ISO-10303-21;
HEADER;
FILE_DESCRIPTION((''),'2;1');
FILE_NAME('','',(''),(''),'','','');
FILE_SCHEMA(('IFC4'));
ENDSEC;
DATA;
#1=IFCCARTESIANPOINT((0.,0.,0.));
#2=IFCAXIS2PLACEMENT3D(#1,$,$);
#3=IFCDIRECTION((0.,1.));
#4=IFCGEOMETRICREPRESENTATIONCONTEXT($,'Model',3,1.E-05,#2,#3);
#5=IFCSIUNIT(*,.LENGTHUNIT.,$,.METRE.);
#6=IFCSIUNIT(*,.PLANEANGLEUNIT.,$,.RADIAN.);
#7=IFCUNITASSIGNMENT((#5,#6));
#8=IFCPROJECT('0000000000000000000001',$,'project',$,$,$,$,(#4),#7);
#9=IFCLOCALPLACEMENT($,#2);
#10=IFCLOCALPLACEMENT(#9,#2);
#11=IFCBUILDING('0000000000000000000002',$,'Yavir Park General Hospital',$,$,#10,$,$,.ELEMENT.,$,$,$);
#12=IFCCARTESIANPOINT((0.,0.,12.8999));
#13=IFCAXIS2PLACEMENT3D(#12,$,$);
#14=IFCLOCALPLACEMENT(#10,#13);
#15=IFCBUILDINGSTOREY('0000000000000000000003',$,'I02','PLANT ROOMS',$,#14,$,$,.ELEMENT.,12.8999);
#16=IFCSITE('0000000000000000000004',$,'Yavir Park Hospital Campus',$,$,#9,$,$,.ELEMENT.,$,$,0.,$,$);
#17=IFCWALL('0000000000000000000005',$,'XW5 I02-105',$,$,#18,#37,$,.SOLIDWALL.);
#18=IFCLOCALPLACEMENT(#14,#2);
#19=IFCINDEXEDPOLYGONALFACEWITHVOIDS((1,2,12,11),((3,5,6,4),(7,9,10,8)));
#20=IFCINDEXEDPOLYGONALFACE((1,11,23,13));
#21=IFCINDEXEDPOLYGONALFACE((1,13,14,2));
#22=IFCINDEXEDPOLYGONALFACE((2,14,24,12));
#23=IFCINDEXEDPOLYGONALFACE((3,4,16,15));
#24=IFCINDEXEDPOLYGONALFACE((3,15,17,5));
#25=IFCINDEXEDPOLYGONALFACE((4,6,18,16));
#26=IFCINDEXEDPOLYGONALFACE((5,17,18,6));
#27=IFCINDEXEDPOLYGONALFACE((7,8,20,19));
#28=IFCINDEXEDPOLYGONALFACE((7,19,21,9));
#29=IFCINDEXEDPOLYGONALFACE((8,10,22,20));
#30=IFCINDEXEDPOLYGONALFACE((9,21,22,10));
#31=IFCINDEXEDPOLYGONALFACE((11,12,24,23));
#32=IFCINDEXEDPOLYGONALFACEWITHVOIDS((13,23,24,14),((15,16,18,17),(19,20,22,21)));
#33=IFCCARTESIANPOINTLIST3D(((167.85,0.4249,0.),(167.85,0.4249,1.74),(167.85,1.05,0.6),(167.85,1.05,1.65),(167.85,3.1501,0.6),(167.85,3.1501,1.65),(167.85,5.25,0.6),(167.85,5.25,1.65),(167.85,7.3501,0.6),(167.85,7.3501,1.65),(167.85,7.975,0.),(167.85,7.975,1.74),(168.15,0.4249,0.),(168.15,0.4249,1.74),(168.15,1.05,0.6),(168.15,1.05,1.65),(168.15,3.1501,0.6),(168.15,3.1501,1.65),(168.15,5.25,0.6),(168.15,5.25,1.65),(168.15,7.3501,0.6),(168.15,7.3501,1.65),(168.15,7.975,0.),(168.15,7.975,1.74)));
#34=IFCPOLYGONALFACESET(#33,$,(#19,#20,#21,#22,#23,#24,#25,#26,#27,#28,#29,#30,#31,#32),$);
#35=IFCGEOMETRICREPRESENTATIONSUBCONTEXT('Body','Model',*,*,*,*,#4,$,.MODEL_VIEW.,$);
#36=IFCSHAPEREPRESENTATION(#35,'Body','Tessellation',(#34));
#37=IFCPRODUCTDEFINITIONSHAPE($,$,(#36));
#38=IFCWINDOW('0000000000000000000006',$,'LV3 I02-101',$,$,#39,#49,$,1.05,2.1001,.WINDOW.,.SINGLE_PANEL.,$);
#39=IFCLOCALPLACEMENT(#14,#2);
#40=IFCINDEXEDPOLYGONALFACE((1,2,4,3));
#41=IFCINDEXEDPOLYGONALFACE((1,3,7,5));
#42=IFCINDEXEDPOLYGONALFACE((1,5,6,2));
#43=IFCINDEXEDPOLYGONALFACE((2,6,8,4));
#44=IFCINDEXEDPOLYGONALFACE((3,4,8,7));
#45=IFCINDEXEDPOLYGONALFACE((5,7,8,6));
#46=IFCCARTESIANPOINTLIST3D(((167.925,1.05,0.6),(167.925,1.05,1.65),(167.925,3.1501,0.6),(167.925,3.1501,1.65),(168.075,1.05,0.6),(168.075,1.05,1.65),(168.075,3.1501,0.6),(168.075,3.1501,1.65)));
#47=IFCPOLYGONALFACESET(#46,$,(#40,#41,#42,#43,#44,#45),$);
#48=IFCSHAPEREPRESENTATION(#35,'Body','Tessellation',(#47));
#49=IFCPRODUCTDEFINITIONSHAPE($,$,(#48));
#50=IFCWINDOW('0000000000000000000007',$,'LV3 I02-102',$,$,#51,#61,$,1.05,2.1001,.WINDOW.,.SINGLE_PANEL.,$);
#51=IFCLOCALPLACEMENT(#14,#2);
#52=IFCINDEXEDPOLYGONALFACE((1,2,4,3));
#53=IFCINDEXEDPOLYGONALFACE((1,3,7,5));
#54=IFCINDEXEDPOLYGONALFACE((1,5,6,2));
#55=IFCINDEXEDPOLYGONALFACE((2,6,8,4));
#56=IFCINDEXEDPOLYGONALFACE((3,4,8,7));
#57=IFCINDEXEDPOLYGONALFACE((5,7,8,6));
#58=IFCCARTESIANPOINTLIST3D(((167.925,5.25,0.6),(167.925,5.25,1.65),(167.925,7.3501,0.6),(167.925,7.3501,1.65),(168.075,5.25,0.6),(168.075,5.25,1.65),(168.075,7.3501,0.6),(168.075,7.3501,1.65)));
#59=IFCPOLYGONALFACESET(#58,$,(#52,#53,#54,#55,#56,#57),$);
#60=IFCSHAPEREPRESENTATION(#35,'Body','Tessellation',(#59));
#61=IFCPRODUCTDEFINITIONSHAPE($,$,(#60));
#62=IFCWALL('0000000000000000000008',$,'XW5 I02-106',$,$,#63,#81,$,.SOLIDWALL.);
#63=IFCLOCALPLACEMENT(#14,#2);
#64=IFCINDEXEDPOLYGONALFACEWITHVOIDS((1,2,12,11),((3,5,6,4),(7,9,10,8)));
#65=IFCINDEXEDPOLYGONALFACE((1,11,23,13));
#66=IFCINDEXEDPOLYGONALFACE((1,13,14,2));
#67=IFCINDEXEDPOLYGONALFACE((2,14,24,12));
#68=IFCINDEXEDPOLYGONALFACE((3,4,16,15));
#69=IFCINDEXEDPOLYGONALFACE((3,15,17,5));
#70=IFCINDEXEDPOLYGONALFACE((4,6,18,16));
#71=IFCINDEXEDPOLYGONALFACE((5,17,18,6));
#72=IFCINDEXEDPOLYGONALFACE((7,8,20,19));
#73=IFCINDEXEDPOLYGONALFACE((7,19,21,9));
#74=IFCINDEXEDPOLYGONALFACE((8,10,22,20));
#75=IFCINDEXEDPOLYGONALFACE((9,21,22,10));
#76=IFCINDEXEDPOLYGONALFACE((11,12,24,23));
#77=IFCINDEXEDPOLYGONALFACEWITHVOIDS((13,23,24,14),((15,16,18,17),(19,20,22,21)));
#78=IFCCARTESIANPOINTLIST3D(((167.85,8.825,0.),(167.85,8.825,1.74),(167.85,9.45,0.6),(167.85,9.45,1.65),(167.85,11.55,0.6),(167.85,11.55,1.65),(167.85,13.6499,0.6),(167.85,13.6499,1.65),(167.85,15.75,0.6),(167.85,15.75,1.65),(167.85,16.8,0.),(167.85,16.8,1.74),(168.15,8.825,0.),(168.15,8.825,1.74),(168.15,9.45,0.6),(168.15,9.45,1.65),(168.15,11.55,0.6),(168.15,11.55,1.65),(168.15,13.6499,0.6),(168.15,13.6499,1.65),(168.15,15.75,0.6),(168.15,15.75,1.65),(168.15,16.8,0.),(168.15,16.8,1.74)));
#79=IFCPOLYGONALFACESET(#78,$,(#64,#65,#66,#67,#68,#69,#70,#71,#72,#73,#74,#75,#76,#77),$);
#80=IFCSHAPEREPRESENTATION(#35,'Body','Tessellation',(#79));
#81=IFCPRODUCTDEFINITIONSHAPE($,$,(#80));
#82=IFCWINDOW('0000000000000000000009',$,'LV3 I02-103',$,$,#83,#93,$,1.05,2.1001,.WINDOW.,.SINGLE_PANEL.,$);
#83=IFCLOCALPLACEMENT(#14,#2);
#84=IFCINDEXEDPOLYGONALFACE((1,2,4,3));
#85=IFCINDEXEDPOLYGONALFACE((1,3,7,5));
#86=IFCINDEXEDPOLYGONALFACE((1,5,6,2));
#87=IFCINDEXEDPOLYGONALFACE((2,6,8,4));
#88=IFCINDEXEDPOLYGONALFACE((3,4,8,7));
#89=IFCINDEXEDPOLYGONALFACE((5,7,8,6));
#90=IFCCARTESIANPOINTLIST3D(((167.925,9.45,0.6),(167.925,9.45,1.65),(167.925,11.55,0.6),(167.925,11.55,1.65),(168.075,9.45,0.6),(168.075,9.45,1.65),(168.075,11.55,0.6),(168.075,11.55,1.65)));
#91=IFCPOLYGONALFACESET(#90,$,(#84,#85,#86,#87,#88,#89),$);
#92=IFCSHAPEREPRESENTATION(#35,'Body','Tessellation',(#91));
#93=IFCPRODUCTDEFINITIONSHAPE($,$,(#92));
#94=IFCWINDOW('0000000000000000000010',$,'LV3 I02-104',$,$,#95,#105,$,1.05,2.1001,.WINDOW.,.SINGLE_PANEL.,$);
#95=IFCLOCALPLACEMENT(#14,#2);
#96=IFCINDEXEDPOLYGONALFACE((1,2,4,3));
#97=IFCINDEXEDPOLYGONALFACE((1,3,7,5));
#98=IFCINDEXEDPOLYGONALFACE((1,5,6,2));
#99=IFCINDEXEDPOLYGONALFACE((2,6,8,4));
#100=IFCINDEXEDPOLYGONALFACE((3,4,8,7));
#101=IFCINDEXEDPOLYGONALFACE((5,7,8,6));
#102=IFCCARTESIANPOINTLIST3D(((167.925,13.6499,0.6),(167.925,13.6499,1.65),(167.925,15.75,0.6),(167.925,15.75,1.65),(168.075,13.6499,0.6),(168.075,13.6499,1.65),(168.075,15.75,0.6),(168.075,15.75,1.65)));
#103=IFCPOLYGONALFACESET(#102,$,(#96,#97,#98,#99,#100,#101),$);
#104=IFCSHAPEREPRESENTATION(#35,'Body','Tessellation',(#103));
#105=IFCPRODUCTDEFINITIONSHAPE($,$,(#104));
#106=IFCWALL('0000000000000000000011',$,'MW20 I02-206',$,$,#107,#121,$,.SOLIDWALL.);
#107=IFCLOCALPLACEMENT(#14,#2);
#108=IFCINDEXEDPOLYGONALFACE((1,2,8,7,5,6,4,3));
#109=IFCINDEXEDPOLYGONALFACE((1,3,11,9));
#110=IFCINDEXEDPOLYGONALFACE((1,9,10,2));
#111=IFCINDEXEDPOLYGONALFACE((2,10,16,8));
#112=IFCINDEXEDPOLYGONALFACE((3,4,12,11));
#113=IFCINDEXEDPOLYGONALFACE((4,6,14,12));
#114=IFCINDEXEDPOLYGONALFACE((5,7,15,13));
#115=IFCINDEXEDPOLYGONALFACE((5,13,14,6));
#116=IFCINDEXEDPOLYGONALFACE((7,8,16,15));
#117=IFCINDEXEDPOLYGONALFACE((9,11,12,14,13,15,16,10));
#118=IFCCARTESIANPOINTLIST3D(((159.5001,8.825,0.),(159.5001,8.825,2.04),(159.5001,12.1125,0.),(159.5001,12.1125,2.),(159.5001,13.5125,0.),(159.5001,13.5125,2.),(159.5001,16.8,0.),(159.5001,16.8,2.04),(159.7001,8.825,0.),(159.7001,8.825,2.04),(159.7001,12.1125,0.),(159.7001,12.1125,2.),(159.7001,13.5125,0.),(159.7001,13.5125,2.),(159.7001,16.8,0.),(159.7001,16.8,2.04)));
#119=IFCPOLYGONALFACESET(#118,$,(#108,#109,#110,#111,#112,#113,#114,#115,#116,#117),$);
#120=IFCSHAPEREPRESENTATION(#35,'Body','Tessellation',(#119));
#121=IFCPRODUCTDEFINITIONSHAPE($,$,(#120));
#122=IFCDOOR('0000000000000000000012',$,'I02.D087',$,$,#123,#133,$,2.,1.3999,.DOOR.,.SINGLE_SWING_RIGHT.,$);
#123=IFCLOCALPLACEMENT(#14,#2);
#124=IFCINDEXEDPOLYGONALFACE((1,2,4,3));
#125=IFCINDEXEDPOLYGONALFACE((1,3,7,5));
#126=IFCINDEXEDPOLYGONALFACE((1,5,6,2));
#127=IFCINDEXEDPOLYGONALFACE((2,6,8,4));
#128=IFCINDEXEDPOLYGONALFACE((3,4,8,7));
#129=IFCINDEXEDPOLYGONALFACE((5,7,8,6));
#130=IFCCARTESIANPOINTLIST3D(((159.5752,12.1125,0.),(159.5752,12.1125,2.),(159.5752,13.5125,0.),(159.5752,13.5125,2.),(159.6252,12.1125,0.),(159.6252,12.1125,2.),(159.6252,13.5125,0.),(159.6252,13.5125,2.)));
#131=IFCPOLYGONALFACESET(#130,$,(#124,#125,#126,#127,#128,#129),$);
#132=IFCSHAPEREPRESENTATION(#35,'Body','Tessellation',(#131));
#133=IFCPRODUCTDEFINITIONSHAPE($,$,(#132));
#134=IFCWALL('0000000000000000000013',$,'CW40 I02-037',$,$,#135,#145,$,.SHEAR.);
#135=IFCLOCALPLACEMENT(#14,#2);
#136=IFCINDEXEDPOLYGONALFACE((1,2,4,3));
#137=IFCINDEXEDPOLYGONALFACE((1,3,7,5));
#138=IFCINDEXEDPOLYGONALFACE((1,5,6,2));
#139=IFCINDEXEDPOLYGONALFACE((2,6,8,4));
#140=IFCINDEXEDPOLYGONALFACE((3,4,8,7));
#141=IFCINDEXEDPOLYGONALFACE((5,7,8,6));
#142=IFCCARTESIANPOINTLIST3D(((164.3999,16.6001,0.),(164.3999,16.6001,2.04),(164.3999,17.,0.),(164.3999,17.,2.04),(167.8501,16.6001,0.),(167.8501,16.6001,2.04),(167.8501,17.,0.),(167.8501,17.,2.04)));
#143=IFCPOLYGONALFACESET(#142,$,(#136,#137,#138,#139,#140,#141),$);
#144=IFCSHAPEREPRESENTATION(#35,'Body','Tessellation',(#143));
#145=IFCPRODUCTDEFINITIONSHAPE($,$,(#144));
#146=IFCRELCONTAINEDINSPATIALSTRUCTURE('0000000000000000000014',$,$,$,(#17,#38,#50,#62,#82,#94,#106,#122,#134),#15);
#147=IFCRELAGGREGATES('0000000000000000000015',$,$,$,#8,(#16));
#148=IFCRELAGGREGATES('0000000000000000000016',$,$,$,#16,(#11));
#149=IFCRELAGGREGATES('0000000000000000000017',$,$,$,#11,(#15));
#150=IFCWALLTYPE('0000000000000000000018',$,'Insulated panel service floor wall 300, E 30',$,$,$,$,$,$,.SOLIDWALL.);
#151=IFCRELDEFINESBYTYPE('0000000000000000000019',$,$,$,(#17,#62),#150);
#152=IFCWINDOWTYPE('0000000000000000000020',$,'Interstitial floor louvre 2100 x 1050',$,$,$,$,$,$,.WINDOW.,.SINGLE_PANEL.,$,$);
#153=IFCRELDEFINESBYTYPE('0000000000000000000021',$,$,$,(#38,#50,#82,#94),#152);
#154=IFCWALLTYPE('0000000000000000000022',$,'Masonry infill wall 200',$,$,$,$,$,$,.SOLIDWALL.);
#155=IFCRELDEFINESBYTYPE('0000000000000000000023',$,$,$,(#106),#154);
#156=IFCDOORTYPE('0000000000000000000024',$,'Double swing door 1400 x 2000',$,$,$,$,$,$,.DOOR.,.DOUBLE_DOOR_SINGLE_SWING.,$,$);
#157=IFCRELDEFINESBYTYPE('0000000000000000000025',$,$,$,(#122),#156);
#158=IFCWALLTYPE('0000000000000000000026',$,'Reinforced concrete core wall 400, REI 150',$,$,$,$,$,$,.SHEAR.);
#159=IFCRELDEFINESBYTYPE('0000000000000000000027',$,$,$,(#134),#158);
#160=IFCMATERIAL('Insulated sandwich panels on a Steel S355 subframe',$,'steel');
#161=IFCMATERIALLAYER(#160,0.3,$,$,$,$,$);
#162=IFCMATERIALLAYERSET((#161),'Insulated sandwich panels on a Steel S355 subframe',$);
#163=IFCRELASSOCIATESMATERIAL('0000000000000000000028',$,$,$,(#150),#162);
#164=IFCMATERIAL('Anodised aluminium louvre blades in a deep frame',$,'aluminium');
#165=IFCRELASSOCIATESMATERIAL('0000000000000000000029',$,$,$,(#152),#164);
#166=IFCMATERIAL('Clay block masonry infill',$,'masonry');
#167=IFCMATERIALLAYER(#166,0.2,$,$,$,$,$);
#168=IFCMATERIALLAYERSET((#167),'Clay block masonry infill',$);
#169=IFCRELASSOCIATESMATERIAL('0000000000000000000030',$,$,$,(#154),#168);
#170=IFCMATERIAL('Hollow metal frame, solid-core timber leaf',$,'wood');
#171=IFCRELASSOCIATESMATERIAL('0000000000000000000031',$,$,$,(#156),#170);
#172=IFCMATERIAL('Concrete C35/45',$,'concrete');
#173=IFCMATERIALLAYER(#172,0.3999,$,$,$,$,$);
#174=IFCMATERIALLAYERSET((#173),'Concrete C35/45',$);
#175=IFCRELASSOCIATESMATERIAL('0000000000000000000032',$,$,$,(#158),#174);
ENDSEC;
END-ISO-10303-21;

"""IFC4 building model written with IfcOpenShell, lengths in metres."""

from ifc_helpers import new_model, si_unit, direction, frame, frame_2d, origin, place, context, subcontext, project, spatial, rectangle, extrude, material, layer, layer_set, type_object, element, fill, save


model = new_model("IFC4")

# Units and contexts
model_context = context("Model", 3, precision=1e-05, world=origin(), true_north=direction((0.0, 1.0)))
body_context = subcontext(model_context, "Body", "Model", "MODEL_VIEW")
ifc_project = project(units=[si_unit("LENGTHUNIT", "METRE"), si_unit("PLANEANGLEUNIT", "RADIAN")], contexts=[model_context])

# Site, building, storey
site_placement = place(None, origin())
site = spatial("IfcSite", under=ifc_project, at=site_placement, Name="Yavir Park Hospital Campus", CompositionType="ELEMENT", RefElevation=0.0)
building_placement = place(site_placement, origin())
building = spatial("IfcBuilding", under=site, at=building_placement, Name="Yavir Park General Hospital", CompositionType="ELEMENT")
storey_placement = place(building_placement, frame((0.0, 0.0, 12.8999)))
storey = spatial("IfcBuildingStorey", under=building, at=storey_placement, Name="I02", Description="PLANT ROOMS", CompositionType="ELEMENT", Elevation=12.8999)

# Walls, openings, windows
ifc_material_1 = material(Name="Insulated sandwich panels on a Steel S355 subframe", Category="steel")
ifc_layer_1 = layer(ifc_material_1, 0.3)
ifc_layer_set_1 = layer_set([ifc_layer_1], Name="Insulated sandwich panels on a Steel S355 subframe")
wall_type_1 = type_object("IfcWallType", Name="Insulated panel service floor wall 300, E 30", PredefinedType="SOLIDWALL", material=ifc_layer_set_1)
ifc_material_2 = material(Name="Anodised aluminium louvre blades in a deep frame", Category="aluminium")
window_type = type_object("IfcWindowType", Name="Interstitial floor louvre 2100 x 1050", PartitioningType="SINGLE_PANEL", PredefinedType="WINDOW", material=ifc_material_2)
wall_1_placement = place(storey_placement, frame((168.0, 0.425, 0.0), z_axis=(0.0, 0.0, 1.0), x_axis=(0.0, 1.0, 0.0)))
wall_1 = element("IfcWall", 1, at=wall_1_placement, inside=storey, type_object=wall_type_1, Name="XW5 I02-105", PredefinedType="SOLIDWALL", context=body_context, shape_type="SweptSolid", body=[
    extrude(rectangle(XDim=7.55, YDim=0.3, at=frame_2d((3.7749, 0.0))), origin(), (0.0, 0.0, 1.0), 1.74),
])
opening_1_placement = place(wall_1_placement, frame((0.625, 0.0, 0.6001)))
opening_1 = element("IfcOpeningElement", 2, at=opening_1_placement, cuts=wall_1, PredefinedType="OPENING", context=body_context, shape_type="SweptSolid", body=[
    extrude(rectangle(XDim=2.1001, YDim=1.05, at=frame_2d((1.05, 0.5249))), frame((0.0, 0.1599, 0.0), z_axis=(0.0, -1.0, 0.0), x_axis=(1.0, 0.0, 0.0)), (0.0, 0.0, 1.0), 0.3201),
])
opening_2_placement = place(wall_1_placement, frame((4.825, 0.0, 0.6001)))
opening_2 = element("IfcOpeningElement", 3, at=opening_2_placement, cuts=wall_1, PredefinedType="OPENING", context=body_context, shape_type="SweptSolid", body=[
    extrude(rectangle(XDim=2.1001, YDim=1.05, at=frame_2d((1.05, 0.5249))), frame((0.0, 0.1599, 0.0), z_axis=(0.0, -1.0, 0.0), x_axis=(1.0, 0.0, 0.0)), (0.0, 0.0, 1.0), 0.3201),
])
window_1_placement = place(opening_1_placement, origin())
window_1 = element("IfcWindow", 4, at=window_1_placement, inside=storey, type_object=window_type, Name="LV3 I02-101", OverallHeight=1.05, OverallWidth=2.1001, PartitioningType="SINGLE_PANEL", PredefinedType="WINDOW", context=body_context, shape_type="SweptSolid", body=[
    extrude(rectangle(XDim=2.1001, YDim=1.05, at=frame_2d((1.05, 0.5249))), frame((0.0, 0.075, 0.0), z_axis=(0.0, -1.0, 0.0), x_axis=(1.0, 0.0, 0.0)), (0.0, 0.0, 1.0), 0.1499),
])
fill(opening_1, window_1)
window_2_placement = place(opening_2_placement, origin())
window_2 = element("IfcWindow", 5, at=window_2_placement, inside=storey, type_object=window_type, Name="LV3 I02-102", OverallHeight=1.05, OverallWidth=2.1001, PartitioningType="SINGLE_PANEL", PredefinedType="WINDOW", context=body_context, shape_type="SweptSolid", body=[
    extrude(rectangle(XDim=2.1001, YDim=1.05, at=frame_2d((1.05, 0.5249))), frame((0.0, 0.075, 0.0), z_axis=(0.0, -1.0, 0.0), x_axis=(1.0, 0.0, 0.0)), (0.0, 0.0, 1.0), 0.1499),
])
fill(opening_2, window_2)
wall_2_placement = place(storey_placement, frame((168.0, 8.825, 0.0), z_axis=(0.0, 0.0, 1.0), x_axis=(0.0, 1.0, 0.0)))
wall_2 = element("IfcWall", 6, at=wall_2_placement, inside=storey, type_object=wall_type_1, Name="XW5 I02-106", PredefinedType="SOLIDWALL", context=body_context, shape_type="SweptSolid", body=[
    extrude(rectangle(XDim=7.9751, YDim=0.3, at=frame_2d((3.9875, 0.0))), origin(), (0.0, 0.0, 1.0), 1.74),
])
opening_3_placement = place(wall_2_placement, frame((0.625, 0.0, 0.6001)))
opening_3 = element("IfcOpeningElement", 7, at=opening_3_placement, cuts=wall_2, PredefinedType="OPENING", context=body_context, shape_type="SweptSolid", body=[
    extrude(rectangle(XDim=2.1001, YDim=1.05, at=frame_2d((1.05, 0.5249))), frame((0.0, 0.1599, 0.0), z_axis=(0.0, -1.0, 0.0), x_axis=(1.0, 0.0, 0.0)), (0.0, 0.0, 1.0), 0.3201),
])
opening_4_placement = place(wall_2_placement, frame((4.825, 0.0, 0.6001)))
opening_4 = element("IfcOpeningElement", 8, at=opening_4_placement, cuts=wall_2, PredefinedType="OPENING", context=body_context, shape_type="SweptSolid", body=[
    extrude(rectangle(XDim=2.1001, YDim=1.05, at=frame_2d((1.05, 0.5249))), frame((0.0, 0.1599, 0.0), z_axis=(0.0, -1.0, 0.0), x_axis=(1.0, 0.0, 0.0)), (0.0, 0.0, 1.0), 0.3201),
])
window_3_placement = place(opening_3_placement, origin())
window_3 = element("IfcWindow", 9, at=window_3_placement, inside=storey, type_object=window_type, Name="LV3 I02-103", OverallHeight=1.05, OverallWidth=2.1001, PartitioningType="SINGLE_PANEL", PredefinedType="WINDOW", context=body_context, shape_type="SweptSolid", body=[
    extrude(rectangle(XDim=2.1001, YDim=1.05, at=frame_2d((1.05, 0.5249))), frame((0.0, 0.075, 0.0), z_axis=(0.0, -1.0, 0.0), x_axis=(1.0, 0.0, 0.0)), (0.0, 0.0, 1.0), 0.1499),
])
fill(opening_3, window_3)
window_4_placement = place(opening_4_placement, origin())
window_4 = element("IfcWindow", 10, at=window_4_placement, inside=storey, type_object=window_type, Name="LV3 I02-104", OverallHeight=1.05, OverallWidth=2.1001, PartitioningType="SINGLE_PANEL", PredefinedType="WINDOW", context=body_context, shape_type="SweptSolid", body=[
    extrude(rectangle(XDim=2.1001, YDim=1.05, at=frame_2d((1.05, 0.5249))), frame((0.0, 0.075, 0.0), z_axis=(0.0, -1.0, 0.0), x_axis=(1.0, 0.0, 0.0)), (0.0, 0.0, 1.0), 0.1499),
])
fill(opening_4, window_4)

# Wall, opening, door
ifc_material_3 = material(Name="Clay block masonry infill", Category="masonry")
ifc_layer_2 = layer(ifc_material_3, 0.2)
ifc_layer_set_2 = layer_set([ifc_layer_2], Name="Clay block masonry infill")
wall_type_2 = type_object("IfcWallType", Name="Masonry infill wall 200", PredefinedType="SOLIDWALL", material=ifc_layer_set_2)
wall_3_placement = place(storey_placement, frame((159.6001, 8.825, 0.0), z_axis=(0.0, 0.0, 1.0), x_axis=(0.0, 1.0, 0.0)))
wall_3 = element("IfcWall", 11, at=wall_3_placement, inside=storey, type_object=wall_type_2, Name="MW20 I02-206", PredefinedType="SOLIDWALL", context=body_context, shape_type="SweptSolid", body=[
    extrude(rectangle(XDim=7.9751, YDim=0.2, at=frame_2d((3.9875, 0.0))), origin(), (0.0, 0.0, 1.0), 2.04),
])
opening_5_placement = place(wall_3_placement, frame((3.2876, 0.0, 0.0)))
opening_5 = element("IfcOpeningElement", 12, at=opening_5_placement, cuts=wall_3, PredefinedType="OPENING", context=body_context, shape_type="SweptSolid", body=[
    extrude(rectangle(XDim=1.3999, YDim=2.0, at=frame_2d((0.7, 1.0))), frame((0.0, 0.1099, 0.0), z_axis=(0.0, -1.0, 0.0), x_axis=(1.0, 0.0, 0.0)), (0.0, 0.0, 1.0), 0.22),
])
ifc_material_4 = material(Name="Hollow metal frame, solid-core timber leaf", Category="wood")
door_type_1 = type_object("IfcDoorType", Name="Double swing door 1400 x 2000", OperationType="DOUBLE_DOOR_SINGLE_SWING", PredefinedType="DOOR", material=ifc_material_4)
door_1_placement = place(opening_5_placement, origin())
door_1 = element("IfcDoor", 13, at=door_1_placement, inside=storey, type_object=door_type_1, Name="I02.D087", OperationType="SINGLE_SWING_RIGHT", OverallHeight=2.0, OverallWidth=1.3999, PredefinedType="DOOR", context=body_context, shape_type="SweptSolid", body=[
    extrude(rectangle(XDim=1.3999, YDim=2.0, at=frame_2d((0.7, 1.0))), frame((0.0, 0.0249, 0.0), z_axis=(0.0, -1.0, 0.0), x_axis=(1.0, 0.0, 0.0)), (0.0, 0.0, 1.0), 0.05),
])
fill(opening_5, door_1)

# Wall
ifc_material_5 = material(Name="Concrete C35/45", Category="concrete")
ifc_layer_3 = layer(ifc_material_5, 0.3999)
ifc_layer_set_3 = layer_set([ifc_layer_3], Name="Concrete C35/45")
wall_type_3 = type_object("IfcWallType", Name="Reinforced concrete core wall 400, REI 150", PredefinedType="SHEAR", material=ifc_layer_set_3)
wall_4_placement = place(storey_placement, frame((164.3999, 16.8, 0.0), z_axis=(0.0, 0.0, 1.0), x_axis=(1.0, 0.0, 0.0)))
element("IfcWall", 14, at=wall_4_placement, inside=storey, type_object=wall_type_3, Name="CW40 I02-037", PredefinedType="SHEAR", context=body_context, shape_type="SweptSolid", body=[
    extrude(rectangle(XDim=3.4502, YDim=0.3999, at=frame_2d((1.7251, 0.0))), origin(), (0.0, 0.0, 1.0), 2.04),
])

save(model, "model.ifc")
